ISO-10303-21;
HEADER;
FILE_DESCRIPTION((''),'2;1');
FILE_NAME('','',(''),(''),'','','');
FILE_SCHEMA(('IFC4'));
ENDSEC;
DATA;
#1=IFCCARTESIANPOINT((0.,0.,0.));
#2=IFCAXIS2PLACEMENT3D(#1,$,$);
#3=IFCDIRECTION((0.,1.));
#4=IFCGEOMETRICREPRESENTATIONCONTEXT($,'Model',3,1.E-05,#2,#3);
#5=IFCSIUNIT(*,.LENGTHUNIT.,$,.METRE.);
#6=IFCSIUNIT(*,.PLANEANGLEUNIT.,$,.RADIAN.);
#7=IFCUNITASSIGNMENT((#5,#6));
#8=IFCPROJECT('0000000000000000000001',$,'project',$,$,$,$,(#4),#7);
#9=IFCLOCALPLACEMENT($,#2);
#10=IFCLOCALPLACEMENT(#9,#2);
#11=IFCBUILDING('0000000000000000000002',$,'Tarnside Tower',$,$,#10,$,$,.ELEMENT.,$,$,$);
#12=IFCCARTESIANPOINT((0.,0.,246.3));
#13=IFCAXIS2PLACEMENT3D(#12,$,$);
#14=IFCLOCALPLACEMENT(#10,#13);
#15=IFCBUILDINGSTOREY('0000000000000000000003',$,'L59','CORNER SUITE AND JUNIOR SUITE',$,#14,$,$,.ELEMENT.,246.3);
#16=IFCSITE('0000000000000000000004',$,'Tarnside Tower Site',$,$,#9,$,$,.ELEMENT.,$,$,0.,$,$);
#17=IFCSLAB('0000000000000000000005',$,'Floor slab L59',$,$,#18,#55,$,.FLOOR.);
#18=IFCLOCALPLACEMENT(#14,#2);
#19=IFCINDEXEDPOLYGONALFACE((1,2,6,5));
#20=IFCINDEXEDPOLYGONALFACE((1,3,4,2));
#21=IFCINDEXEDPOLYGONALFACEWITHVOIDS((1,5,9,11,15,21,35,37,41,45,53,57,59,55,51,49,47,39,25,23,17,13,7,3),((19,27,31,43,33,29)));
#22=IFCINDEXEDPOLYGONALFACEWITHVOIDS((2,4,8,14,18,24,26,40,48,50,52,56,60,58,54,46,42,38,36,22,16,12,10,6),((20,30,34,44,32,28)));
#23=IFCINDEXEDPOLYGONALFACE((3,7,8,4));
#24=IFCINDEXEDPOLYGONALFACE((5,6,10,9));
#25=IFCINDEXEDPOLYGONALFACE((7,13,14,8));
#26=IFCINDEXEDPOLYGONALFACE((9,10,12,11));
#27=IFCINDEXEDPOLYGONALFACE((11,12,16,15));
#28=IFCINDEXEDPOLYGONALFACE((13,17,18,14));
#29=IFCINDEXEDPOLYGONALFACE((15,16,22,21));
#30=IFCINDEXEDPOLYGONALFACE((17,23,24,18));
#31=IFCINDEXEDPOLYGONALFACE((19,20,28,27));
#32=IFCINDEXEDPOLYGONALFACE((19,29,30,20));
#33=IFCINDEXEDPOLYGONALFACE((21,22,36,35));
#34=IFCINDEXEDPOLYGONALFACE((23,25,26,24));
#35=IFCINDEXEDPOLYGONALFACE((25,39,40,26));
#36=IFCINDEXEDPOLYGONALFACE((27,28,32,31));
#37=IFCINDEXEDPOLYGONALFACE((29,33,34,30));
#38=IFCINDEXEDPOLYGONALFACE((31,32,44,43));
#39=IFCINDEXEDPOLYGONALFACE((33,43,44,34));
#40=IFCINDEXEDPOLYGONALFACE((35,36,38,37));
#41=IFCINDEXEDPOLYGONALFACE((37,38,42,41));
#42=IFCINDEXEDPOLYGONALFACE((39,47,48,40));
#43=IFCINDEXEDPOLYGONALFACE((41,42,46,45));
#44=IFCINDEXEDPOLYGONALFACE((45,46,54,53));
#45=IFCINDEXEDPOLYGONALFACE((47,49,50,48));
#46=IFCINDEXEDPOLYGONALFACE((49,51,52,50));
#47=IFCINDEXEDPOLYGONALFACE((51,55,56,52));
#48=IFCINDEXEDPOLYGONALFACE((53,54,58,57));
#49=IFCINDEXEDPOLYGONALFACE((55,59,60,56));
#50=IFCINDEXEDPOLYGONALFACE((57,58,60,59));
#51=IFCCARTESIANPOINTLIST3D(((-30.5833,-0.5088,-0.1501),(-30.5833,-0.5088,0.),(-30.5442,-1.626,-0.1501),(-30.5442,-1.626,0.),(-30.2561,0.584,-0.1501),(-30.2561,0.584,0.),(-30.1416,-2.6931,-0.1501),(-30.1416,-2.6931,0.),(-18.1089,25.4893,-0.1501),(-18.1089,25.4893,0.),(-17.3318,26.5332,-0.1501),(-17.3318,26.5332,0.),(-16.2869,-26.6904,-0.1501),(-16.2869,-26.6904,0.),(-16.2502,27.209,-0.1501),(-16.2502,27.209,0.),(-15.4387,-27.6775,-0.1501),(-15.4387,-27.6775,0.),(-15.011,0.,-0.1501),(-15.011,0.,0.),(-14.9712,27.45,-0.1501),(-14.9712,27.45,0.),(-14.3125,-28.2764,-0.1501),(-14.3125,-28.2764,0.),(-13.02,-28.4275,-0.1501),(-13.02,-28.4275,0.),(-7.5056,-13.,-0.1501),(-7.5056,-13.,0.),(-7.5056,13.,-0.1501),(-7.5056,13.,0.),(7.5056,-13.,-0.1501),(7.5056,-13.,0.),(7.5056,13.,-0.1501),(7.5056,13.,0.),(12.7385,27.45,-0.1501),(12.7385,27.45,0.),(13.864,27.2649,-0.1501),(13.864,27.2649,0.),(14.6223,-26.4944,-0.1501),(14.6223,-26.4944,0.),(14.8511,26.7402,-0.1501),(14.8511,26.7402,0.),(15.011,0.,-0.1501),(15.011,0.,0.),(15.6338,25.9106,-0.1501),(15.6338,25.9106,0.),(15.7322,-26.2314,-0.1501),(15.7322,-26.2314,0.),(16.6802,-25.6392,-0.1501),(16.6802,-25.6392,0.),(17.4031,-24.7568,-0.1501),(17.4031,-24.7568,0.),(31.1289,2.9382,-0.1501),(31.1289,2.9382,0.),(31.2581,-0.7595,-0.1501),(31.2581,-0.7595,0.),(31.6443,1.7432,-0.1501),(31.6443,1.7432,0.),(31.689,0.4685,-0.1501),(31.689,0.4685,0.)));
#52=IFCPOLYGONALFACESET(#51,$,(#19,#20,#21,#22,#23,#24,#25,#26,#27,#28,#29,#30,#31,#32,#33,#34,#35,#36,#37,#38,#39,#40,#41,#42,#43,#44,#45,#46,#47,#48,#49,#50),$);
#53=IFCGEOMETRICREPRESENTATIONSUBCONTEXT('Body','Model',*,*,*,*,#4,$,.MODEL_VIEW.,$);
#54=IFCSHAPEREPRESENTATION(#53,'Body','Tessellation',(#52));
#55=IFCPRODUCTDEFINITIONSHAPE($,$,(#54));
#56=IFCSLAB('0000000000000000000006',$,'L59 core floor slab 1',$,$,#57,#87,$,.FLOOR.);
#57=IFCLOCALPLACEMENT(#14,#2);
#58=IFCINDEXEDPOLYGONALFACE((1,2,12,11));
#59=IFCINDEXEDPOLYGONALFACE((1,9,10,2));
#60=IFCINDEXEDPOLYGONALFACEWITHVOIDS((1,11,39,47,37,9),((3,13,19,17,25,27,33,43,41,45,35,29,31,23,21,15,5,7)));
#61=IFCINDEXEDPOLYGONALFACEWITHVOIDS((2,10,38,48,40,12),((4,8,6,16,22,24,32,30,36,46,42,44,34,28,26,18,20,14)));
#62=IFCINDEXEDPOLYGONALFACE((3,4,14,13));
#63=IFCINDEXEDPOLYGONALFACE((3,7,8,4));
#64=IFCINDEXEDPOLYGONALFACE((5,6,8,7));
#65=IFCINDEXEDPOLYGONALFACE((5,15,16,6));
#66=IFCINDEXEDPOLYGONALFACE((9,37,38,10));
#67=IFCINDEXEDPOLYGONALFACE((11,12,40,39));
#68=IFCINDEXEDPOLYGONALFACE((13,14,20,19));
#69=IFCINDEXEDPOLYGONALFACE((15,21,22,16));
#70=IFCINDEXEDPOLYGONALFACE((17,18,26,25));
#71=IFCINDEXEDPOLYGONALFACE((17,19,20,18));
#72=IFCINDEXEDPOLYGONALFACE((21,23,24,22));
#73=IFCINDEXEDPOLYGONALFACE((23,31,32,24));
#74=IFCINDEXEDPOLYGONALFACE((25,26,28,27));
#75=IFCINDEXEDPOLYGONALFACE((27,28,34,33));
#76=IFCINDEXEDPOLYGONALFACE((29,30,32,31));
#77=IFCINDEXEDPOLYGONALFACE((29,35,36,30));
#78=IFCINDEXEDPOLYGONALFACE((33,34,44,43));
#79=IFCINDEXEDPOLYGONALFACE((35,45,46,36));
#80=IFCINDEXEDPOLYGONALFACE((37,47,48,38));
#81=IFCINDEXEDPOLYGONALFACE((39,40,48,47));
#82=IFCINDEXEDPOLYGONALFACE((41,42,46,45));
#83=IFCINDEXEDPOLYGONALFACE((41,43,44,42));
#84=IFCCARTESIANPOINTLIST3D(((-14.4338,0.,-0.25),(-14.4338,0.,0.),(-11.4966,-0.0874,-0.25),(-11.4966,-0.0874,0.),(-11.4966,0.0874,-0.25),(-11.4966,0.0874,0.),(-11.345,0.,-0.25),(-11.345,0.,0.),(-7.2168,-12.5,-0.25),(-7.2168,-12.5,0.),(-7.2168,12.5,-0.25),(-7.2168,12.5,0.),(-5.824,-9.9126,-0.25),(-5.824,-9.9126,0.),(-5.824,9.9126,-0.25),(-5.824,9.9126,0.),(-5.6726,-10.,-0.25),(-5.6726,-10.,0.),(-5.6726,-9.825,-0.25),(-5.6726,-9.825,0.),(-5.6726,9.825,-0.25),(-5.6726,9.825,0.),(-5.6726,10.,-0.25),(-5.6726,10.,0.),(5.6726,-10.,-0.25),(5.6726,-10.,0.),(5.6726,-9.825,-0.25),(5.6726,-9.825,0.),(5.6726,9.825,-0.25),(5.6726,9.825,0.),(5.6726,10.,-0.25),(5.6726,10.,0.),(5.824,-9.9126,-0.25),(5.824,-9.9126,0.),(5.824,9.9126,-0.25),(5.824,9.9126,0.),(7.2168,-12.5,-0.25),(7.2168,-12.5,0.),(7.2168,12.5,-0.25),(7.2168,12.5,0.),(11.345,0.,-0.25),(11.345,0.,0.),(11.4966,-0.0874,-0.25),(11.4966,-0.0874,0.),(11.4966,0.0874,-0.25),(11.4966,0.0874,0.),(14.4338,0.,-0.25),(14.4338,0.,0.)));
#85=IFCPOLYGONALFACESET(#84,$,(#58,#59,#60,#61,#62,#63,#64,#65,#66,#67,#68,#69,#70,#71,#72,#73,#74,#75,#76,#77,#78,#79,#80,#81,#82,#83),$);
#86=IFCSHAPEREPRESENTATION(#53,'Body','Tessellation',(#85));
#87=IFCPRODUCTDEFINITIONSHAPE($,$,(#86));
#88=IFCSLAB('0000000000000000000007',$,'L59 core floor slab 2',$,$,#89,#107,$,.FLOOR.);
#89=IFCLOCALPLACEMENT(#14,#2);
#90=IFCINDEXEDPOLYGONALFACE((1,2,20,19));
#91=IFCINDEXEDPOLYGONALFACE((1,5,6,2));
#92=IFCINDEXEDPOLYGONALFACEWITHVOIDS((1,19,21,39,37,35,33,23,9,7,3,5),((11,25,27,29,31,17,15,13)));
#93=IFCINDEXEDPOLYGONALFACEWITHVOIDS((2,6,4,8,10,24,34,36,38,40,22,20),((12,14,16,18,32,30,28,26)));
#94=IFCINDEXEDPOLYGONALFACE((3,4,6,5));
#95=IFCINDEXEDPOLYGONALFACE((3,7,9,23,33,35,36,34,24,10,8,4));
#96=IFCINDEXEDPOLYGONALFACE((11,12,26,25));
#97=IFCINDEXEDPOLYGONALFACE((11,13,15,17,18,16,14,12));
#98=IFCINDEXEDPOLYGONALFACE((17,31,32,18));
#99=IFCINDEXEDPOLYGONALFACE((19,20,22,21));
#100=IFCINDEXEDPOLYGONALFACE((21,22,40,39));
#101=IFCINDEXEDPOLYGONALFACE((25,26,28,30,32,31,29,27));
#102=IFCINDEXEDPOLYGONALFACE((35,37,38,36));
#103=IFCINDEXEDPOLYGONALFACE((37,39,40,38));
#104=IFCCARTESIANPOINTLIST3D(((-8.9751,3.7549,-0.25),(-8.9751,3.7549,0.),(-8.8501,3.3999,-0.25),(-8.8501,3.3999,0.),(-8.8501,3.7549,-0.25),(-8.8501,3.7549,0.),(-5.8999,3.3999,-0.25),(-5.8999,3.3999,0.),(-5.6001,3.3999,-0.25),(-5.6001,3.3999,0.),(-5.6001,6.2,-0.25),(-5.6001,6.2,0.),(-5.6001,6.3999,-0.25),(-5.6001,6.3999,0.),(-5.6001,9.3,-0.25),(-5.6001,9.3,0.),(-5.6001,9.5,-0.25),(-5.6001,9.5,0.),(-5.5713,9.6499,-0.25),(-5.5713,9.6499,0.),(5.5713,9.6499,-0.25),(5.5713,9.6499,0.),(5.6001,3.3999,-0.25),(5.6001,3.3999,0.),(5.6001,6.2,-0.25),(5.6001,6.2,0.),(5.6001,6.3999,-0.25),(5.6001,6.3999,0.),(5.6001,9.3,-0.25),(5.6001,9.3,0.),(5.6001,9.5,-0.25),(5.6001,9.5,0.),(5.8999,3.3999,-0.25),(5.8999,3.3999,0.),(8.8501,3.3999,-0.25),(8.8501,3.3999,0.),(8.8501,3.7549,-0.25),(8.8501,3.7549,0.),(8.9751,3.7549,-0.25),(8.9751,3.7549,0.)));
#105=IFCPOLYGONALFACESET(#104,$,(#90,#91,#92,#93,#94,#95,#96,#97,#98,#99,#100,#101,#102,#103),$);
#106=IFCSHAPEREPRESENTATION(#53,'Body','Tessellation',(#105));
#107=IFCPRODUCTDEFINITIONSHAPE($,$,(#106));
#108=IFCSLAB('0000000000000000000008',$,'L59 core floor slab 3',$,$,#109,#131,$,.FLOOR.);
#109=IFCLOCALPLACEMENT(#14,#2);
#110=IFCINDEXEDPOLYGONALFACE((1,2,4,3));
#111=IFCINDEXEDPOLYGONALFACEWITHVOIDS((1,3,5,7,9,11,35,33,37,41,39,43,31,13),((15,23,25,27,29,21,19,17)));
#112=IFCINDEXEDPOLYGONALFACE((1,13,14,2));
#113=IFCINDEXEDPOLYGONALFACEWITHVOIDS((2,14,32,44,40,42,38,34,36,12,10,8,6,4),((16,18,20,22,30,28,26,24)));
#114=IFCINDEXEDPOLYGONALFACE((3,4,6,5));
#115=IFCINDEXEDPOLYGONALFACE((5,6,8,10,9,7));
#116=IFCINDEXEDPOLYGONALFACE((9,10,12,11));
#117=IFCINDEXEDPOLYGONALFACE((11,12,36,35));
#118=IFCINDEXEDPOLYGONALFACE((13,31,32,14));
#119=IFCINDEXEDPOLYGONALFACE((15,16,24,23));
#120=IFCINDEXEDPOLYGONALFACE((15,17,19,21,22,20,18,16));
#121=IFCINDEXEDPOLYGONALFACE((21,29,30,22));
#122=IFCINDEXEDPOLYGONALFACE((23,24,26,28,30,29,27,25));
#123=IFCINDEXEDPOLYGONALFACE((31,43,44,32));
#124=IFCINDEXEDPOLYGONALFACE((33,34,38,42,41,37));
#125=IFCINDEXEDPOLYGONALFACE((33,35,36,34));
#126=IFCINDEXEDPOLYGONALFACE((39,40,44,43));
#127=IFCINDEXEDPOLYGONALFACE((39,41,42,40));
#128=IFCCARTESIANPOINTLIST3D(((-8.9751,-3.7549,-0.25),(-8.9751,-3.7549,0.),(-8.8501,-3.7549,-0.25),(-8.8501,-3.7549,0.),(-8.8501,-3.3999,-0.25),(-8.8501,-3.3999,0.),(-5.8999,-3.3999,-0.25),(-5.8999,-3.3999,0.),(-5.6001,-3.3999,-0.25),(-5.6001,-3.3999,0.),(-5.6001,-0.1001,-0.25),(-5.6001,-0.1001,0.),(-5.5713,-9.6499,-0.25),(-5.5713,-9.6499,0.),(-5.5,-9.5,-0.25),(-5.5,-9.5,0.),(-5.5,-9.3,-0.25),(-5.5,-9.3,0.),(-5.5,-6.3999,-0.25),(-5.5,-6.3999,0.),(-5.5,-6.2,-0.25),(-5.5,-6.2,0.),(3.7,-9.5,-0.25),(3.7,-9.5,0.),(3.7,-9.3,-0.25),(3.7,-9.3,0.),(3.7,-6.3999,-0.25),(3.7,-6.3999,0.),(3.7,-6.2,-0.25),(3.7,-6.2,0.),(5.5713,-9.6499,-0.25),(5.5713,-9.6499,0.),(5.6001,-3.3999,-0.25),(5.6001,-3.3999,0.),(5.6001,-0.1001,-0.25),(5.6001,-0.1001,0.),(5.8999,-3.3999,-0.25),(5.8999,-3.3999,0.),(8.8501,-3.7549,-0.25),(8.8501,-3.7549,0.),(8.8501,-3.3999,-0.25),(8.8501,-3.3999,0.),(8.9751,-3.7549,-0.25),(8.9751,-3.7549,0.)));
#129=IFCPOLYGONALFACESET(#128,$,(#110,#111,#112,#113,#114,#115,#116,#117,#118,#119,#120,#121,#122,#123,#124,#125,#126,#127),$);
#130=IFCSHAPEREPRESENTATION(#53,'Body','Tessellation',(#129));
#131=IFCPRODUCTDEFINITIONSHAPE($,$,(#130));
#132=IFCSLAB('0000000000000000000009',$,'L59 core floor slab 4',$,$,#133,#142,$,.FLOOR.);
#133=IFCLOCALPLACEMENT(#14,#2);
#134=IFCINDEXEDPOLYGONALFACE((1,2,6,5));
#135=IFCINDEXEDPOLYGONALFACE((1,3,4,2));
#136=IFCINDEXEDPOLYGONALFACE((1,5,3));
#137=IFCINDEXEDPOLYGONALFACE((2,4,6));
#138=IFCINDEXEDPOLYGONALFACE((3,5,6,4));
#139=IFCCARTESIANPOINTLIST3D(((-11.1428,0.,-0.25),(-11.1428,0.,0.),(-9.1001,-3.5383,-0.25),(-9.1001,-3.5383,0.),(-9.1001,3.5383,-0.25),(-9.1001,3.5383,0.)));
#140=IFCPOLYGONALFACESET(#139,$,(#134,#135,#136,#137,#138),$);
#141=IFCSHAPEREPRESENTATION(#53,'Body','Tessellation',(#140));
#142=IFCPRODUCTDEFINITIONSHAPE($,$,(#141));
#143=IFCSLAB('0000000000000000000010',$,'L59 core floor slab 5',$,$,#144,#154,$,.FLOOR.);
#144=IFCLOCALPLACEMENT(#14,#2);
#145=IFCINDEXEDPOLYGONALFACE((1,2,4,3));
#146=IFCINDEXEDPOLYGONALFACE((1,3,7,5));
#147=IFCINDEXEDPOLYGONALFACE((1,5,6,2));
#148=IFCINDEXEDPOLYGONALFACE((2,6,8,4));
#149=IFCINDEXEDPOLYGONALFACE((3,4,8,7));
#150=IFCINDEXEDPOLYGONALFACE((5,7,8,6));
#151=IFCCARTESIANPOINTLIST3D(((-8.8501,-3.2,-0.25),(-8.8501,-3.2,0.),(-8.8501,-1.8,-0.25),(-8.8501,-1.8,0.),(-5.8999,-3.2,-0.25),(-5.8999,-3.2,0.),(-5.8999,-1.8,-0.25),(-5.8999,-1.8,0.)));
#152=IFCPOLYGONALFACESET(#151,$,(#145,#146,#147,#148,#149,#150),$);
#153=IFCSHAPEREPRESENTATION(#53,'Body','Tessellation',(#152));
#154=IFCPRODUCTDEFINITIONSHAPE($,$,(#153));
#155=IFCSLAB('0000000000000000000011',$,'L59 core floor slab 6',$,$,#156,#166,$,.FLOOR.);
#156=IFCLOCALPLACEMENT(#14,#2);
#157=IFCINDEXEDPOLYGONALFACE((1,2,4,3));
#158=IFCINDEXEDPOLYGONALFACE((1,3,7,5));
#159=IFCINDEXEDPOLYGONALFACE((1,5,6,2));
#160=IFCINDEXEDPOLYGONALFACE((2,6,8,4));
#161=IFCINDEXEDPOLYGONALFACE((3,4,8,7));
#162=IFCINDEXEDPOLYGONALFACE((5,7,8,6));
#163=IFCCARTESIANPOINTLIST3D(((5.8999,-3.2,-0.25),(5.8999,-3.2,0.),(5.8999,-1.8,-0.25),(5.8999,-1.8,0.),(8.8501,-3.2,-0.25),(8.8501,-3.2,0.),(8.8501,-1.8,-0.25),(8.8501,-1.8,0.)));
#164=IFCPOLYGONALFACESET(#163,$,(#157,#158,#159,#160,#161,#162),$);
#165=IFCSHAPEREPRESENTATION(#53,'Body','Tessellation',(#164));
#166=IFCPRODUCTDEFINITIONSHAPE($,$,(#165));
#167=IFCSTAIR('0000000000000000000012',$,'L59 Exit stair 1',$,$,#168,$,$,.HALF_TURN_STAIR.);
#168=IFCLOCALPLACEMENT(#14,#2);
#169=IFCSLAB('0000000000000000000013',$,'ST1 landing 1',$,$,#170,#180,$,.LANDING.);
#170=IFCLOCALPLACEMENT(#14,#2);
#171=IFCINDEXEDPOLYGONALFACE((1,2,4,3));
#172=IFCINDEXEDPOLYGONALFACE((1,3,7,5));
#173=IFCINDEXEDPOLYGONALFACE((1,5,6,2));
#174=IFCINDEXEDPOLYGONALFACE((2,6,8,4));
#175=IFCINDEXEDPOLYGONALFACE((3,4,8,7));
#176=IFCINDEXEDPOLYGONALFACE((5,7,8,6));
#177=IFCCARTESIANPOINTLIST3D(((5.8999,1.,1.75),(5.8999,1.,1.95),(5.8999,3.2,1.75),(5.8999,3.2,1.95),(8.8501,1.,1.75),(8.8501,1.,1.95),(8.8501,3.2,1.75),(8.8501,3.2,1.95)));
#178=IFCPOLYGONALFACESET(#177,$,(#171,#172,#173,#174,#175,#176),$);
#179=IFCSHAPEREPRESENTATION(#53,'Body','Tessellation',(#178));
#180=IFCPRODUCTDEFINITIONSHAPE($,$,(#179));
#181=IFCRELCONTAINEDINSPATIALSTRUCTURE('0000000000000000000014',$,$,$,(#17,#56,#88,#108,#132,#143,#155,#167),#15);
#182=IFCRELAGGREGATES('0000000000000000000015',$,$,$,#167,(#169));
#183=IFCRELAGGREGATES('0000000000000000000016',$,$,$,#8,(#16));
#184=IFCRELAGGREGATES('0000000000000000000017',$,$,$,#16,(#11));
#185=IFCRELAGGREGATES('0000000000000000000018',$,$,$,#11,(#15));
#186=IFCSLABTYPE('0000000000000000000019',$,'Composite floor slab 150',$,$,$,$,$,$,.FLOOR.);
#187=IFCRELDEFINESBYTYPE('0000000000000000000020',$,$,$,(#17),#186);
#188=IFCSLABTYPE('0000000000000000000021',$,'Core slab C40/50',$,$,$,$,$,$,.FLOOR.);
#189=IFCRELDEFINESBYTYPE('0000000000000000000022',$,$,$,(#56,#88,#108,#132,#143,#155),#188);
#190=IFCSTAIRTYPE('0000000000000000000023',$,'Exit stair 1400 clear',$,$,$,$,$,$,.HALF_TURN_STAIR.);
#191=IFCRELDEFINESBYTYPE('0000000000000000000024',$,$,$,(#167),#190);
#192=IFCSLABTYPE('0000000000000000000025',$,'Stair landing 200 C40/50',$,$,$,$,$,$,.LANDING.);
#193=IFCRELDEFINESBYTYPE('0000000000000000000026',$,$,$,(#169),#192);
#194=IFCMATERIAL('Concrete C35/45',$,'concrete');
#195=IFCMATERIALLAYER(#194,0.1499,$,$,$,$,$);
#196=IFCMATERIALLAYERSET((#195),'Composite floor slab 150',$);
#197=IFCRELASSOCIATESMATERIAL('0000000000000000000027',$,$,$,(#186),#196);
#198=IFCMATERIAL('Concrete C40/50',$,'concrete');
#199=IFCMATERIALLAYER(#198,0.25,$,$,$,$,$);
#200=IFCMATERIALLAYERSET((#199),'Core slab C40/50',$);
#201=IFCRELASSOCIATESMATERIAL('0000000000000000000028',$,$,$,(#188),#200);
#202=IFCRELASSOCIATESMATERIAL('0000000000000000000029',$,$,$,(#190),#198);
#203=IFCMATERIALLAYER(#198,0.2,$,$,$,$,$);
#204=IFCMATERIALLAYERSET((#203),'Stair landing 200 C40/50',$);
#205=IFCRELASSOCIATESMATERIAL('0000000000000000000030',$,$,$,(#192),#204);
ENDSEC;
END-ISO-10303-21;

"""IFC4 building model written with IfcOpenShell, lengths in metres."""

from ifc_helpers import new_model, si_unit, direction, frame, origin, place, context, subcontext, project, spatial, polyline, outline, extrude, material, layer, layer_set, type_object, element, aggregate, save


model = new_model("IFC4")

# Units and contexts
model_context = context("Model", 3, precision=1e-05, world=origin(), true_north=direction((0.0, 1.0)))
body_context = subcontext(model_context, "Body", "Model", "MODEL_VIEW")
ifc_project = project(units=[si_unit("LENGTHUNIT", "METRE"), si_unit("PLANEANGLEUNIT", "RADIAN")], contexts=[model_context])

# Site, building, storey
site_placement = place(None, origin())
site = spatial("IfcSite", under=ifc_project, at=site_placement, Name="Tarnside Tower Site", CompositionType="ELEMENT", RefElevation=0.0)
building_placement = place(site_placement, origin())
building = spatial("IfcBuilding", under=site, at=building_placement, Name="Tarnside Tower", CompositionType="ELEMENT")
storey_placement = place(building_placement, frame((0.0, 0.0, 246.3)))
storey = spatial("IfcBuildingStorey", under=building, at=storey_placement, Name="L59", Description="CORNER SUITE AND JUNIOR SUITE", CompositionType="ELEMENT", Elevation=246.3)

# Slabs
ifc_material_1 = material(Name="Concrete C35/45", Category="concrete")
ifc_layer_1 = layer(ifc_material_1, 0.1499)
ifc_layer_set_1 = layer_set([ifc_layer_1], Name="Composite floor slab 150")
slab_type_1 = type_object("IfcSlabType", Name="Composite floor slab 150", PredefinedType="FLOOR", material=ifc_layer_set_1)
slab_1_placement = place(storey_placement, frame((0.0, 0.0, -0.1501)))
element("IfcSlab", 1, at=slab_1_placement, inside=storey, type_object=slab_type_1, Name="Floor slab L59", PredefinedType="FLOOR", context=body_context, shape_type="SweptSolid", body=[
    extrude(outline(polyline([(13.864, 27.2649), (14.8511, 26.7402), (15.6338, 25.9106), (31.1289, 2.9382), (31.6443, 1.7432), (31.689, 0.4685), (31.2581, -0.7595), (17.4031, -24.7568), (16.6802, -25.6392), (15.7322, -26.2314), (14.6223, -26.4944), (-13.02, -28.4275), (-14.3125, -28.2764), (-15.4387, -27.6775), (-16.2869, -26.6904), (-30.1416, -2.6931), (-30.5442, -1.626), (-30.5833, -0.5088), (-30.2561, 0.584), (-18.1089, 25.4893), (-17.3318, 26.5332), (-16.2502, 27.209), (-14.9712, 27.45), (12.7385, 27.45), (13.864, 27.2649)]), holes=[polyline([(-15.011, 0.0), (-7.5056, -13.0), (7.5056, -13.0), (15.011, 0.0), (7.5056, 13.0), (-7.5056, 13.0), (-15.011, 0.0)])]), origin(), (0.0, 0.0, 1.0), 0.1501),
])
ifc_material_2 = material(Name="Concrete C40/50", Category="concrete")
ifc_layer_2 = layer(ifc_material_2, 0.25)
ifc_layer_set_2 = layer_set([ifc_layer_2], Name="Core slab C40/50")
slab_type_2 = type_object("IfcSlabType", Name="Core slab C40/50", PredefinedType="FLOOR", material=ifc_layer_set_2)
slab_2_placement = place(storey_placement, frame((0.0, 0.0, -0.25)))
element("IfcSlab", 2, at=slab_2_placement, inside=storey, type_object=slab_type_2, Name="L59 core floor slab 1", PredefinedType="FLOOR", context=body_context, shape_type="SweptSolid", body=[
    extrude(outline(polyline([(-7.2168, 12.5), (7.2168, 12.5), (14.4338, 0.0), (7.2168, -12.5), (-7.2168, -12.5), (-14.4338, 0.0), (-7.2168, 12.5)]), holes=[polyline([(5.824, -9.9126), (11.4966, -0.0874), (11.345, 0.0), (11.4966, 0.0874), (5.824, 9.9126), (5.6726, 9.825), (5.6726, 10.0), (-5.6726, 10.0), (-5.6726, 9.825), (-5.824, 9.9126), (-11.4966, 0.0874), (-11.345, 0.0), (-11.4966, -0.0874), (-5.824, -9.9126), (-5.6726, -9.825), (-5.6726, -10.0), (5.6726, -10.0), (5.6726, -9.825), (5.824, -9.9126)])]), origin(), (0.0, 0.0, 1.0), 0.25),
])
slab_3_placement = place(storey_placement, frame((0.0, 0.0, -0.25)))
element("IfcSlab", 3, at=slab_3_placement, inside=storey, type_object=slab_type_2, Name="L59 core floor slab 2", PredefinedType="FLOOR", context=body_context, shape_type="SweptSolid", body=[
    extrude(outline(polyline([(-8.9751, 3.7549), (-5.5713, 9.6499), (5.5713, 9.6499), (8.9751, 3.7549), (8.8501, 3.7549), (8.8501, 3.3999), (5.8999, 3.3999), (5.6001, 3.3999), (5.6001, 3.3999), (-5.6001, 3.3999), (-5.8999, 3.3999), (-8.8501, 3.3999), (-8.8501, 3.7549), (-8.9751, 3.7549)]), holes=[polyline([(-5.6001, 6.2), (5.6001, 6.2), (5.6001, 6.3999), (5.6001, 9.3), (5.6001, 9.5), (-5.6001, 9.5), (-5.6001, 9.3), (-5.6001, 6.3999), (-5.6001, 6.2)])]), origin(), (0.0, 0.0, 1.0), 0.25),
])
slab_4_placement = place(storey_placement, frame((0.0, 0.0, -0.25)))
element("IfcSlab", 4, at=slab_4_placement, inside=storey, type_object=slab_type_2, Name="L59 core floor slab 3", PredefinedType="FLOOR", context=body_context, shape_type="SweptSolid", body=[
    extrude(outline(polyline([(5.6001, -3.3999), (5.8999, -3.3999), (8.8501, -3.3999), (8.8501, -3.7549), (8.9751, -3.7549), (5.5713, -9.6499), (-5.5713, -9.6499), (-8.9751, -3.7549), (-8.8501, -3.7549), (-8.8501, -3.3999), (-5.8999, -3.3999), (-5.6001, -3.3999), (-5.6001, -0.1001), (5.6001, -0.1001), (5.6001, -3.3999)]), holes=[polyline([(-5.5, -9.3), (-5.5, -9.5), (3.7, -9.5), (3.7, -9.3), (3.7, -6.3999), (3.7, -6.2), (-5.5, -6.2), (-5.5, -6.3999), (-5.5, -9.3)])]), origin(), (0.0, 0.0, 1.0), 0.25),
])
slab_5_placement = place(storey_placement, frame((0.0, 0.0, -0.25)))
element("IfcSlab", 5, at=slab_5_placement, inside=storey, type_object=slab_type_2, Name="L59 core floor slab 4", PredefinedType="FLOOR", context=body_context, shape_type="SweptSolid", body=[
    extrude(outline(polyline([(-11.1428, 0.0), (-9.1001, 3.5383), (-9.1001, -3.5383), (-11.1428, 0.0)])), origin(), (0.0, 0.0, 1.0), 0.25),
])
slab_6_placement = place(storey_placement, frame((0.0, 0.0, -0.25)))
element("IfcSlab", 6, at=slab_6_placement, inside=storey, type_object=slab_type_2, Name="L59 core floor slab 5", PredefinedType="FLOOR", context=body_context, shape_type="SweptSolid", body=[
    extrude(outline(polyline([(-8.8501, -1.8), (-5.8999, -1.8), (-5.8999, -3.2), (-8.8501, -3.2), (-8.8501, -1.8)])), origin(), (0.0, 0.0, 1.0), 0.25),
])
slab_7_placement = place(storey_placement, frame((0.0, 0.0, -0.25)))
element("IfcSlab", 7, at=slab_7_placement, inside=storey, type_object=slab_type_2, Name="L59 core floor slab 6", PredefinedType="FLOOR", context=body_context, shape_type="SweptSolid", body=[
    extrude(outline(polyline([(5.8999, -3.2), (5.8999, -1.8), (8.8501, -1.8), (8.8501, -3.2), (5.8999, -3.2)])), origin(), (0.0, 0.0, 1.0), 0.25),
])

# Stair, slab
stair_type = type_object("IfcStairType", Name="Exit stair 1400 clear", PredefinedType="HALF_TURN_STAIR", material=ifc_material_2)
stair_1_placement = place(storey_placement, origin())
stair_1 = element("IfcStair", 8, at=stair_1_placement, inside=storey, type_object=stair_type, Name="L59 Exit stair 1", PredefinedType="HALF_TURN_STAIR")
ifc_layer_3 = layer(ifc_material_2, 0.2)
ifc_layer_set_3 = layer_set([ifc_layer_3], Name="Stair landing 200 C40/50")
slab_type_3 = type_object("IfcSlabType", Name="Stair landing 200 C40/50", PredefinedType="LANDING", material=ifc_layer_set_3)
slab_8_placement = place(storey_placement, frame((0.0, 0.0, 1.75)))
slab_8 = element("IfcSlab", 9, at=slab_8_placement, type_object=slab_type_3, Name="ST1 landing 1", PredefinedType="LANDING", context=body_context, shape_type="SweptSolid", body=[
    extrude(outline(polyline([(8.8501, 1.0), (8.8501, 3.2), (5.8999, 3.2), (5.8999, 1.0), (8.8501, 1.0)])), origin(), (0.0, 0.0, 1.0), 0.2),
])
aggregate(stair_1, [slab_8])

save(model, "model.ifc")
